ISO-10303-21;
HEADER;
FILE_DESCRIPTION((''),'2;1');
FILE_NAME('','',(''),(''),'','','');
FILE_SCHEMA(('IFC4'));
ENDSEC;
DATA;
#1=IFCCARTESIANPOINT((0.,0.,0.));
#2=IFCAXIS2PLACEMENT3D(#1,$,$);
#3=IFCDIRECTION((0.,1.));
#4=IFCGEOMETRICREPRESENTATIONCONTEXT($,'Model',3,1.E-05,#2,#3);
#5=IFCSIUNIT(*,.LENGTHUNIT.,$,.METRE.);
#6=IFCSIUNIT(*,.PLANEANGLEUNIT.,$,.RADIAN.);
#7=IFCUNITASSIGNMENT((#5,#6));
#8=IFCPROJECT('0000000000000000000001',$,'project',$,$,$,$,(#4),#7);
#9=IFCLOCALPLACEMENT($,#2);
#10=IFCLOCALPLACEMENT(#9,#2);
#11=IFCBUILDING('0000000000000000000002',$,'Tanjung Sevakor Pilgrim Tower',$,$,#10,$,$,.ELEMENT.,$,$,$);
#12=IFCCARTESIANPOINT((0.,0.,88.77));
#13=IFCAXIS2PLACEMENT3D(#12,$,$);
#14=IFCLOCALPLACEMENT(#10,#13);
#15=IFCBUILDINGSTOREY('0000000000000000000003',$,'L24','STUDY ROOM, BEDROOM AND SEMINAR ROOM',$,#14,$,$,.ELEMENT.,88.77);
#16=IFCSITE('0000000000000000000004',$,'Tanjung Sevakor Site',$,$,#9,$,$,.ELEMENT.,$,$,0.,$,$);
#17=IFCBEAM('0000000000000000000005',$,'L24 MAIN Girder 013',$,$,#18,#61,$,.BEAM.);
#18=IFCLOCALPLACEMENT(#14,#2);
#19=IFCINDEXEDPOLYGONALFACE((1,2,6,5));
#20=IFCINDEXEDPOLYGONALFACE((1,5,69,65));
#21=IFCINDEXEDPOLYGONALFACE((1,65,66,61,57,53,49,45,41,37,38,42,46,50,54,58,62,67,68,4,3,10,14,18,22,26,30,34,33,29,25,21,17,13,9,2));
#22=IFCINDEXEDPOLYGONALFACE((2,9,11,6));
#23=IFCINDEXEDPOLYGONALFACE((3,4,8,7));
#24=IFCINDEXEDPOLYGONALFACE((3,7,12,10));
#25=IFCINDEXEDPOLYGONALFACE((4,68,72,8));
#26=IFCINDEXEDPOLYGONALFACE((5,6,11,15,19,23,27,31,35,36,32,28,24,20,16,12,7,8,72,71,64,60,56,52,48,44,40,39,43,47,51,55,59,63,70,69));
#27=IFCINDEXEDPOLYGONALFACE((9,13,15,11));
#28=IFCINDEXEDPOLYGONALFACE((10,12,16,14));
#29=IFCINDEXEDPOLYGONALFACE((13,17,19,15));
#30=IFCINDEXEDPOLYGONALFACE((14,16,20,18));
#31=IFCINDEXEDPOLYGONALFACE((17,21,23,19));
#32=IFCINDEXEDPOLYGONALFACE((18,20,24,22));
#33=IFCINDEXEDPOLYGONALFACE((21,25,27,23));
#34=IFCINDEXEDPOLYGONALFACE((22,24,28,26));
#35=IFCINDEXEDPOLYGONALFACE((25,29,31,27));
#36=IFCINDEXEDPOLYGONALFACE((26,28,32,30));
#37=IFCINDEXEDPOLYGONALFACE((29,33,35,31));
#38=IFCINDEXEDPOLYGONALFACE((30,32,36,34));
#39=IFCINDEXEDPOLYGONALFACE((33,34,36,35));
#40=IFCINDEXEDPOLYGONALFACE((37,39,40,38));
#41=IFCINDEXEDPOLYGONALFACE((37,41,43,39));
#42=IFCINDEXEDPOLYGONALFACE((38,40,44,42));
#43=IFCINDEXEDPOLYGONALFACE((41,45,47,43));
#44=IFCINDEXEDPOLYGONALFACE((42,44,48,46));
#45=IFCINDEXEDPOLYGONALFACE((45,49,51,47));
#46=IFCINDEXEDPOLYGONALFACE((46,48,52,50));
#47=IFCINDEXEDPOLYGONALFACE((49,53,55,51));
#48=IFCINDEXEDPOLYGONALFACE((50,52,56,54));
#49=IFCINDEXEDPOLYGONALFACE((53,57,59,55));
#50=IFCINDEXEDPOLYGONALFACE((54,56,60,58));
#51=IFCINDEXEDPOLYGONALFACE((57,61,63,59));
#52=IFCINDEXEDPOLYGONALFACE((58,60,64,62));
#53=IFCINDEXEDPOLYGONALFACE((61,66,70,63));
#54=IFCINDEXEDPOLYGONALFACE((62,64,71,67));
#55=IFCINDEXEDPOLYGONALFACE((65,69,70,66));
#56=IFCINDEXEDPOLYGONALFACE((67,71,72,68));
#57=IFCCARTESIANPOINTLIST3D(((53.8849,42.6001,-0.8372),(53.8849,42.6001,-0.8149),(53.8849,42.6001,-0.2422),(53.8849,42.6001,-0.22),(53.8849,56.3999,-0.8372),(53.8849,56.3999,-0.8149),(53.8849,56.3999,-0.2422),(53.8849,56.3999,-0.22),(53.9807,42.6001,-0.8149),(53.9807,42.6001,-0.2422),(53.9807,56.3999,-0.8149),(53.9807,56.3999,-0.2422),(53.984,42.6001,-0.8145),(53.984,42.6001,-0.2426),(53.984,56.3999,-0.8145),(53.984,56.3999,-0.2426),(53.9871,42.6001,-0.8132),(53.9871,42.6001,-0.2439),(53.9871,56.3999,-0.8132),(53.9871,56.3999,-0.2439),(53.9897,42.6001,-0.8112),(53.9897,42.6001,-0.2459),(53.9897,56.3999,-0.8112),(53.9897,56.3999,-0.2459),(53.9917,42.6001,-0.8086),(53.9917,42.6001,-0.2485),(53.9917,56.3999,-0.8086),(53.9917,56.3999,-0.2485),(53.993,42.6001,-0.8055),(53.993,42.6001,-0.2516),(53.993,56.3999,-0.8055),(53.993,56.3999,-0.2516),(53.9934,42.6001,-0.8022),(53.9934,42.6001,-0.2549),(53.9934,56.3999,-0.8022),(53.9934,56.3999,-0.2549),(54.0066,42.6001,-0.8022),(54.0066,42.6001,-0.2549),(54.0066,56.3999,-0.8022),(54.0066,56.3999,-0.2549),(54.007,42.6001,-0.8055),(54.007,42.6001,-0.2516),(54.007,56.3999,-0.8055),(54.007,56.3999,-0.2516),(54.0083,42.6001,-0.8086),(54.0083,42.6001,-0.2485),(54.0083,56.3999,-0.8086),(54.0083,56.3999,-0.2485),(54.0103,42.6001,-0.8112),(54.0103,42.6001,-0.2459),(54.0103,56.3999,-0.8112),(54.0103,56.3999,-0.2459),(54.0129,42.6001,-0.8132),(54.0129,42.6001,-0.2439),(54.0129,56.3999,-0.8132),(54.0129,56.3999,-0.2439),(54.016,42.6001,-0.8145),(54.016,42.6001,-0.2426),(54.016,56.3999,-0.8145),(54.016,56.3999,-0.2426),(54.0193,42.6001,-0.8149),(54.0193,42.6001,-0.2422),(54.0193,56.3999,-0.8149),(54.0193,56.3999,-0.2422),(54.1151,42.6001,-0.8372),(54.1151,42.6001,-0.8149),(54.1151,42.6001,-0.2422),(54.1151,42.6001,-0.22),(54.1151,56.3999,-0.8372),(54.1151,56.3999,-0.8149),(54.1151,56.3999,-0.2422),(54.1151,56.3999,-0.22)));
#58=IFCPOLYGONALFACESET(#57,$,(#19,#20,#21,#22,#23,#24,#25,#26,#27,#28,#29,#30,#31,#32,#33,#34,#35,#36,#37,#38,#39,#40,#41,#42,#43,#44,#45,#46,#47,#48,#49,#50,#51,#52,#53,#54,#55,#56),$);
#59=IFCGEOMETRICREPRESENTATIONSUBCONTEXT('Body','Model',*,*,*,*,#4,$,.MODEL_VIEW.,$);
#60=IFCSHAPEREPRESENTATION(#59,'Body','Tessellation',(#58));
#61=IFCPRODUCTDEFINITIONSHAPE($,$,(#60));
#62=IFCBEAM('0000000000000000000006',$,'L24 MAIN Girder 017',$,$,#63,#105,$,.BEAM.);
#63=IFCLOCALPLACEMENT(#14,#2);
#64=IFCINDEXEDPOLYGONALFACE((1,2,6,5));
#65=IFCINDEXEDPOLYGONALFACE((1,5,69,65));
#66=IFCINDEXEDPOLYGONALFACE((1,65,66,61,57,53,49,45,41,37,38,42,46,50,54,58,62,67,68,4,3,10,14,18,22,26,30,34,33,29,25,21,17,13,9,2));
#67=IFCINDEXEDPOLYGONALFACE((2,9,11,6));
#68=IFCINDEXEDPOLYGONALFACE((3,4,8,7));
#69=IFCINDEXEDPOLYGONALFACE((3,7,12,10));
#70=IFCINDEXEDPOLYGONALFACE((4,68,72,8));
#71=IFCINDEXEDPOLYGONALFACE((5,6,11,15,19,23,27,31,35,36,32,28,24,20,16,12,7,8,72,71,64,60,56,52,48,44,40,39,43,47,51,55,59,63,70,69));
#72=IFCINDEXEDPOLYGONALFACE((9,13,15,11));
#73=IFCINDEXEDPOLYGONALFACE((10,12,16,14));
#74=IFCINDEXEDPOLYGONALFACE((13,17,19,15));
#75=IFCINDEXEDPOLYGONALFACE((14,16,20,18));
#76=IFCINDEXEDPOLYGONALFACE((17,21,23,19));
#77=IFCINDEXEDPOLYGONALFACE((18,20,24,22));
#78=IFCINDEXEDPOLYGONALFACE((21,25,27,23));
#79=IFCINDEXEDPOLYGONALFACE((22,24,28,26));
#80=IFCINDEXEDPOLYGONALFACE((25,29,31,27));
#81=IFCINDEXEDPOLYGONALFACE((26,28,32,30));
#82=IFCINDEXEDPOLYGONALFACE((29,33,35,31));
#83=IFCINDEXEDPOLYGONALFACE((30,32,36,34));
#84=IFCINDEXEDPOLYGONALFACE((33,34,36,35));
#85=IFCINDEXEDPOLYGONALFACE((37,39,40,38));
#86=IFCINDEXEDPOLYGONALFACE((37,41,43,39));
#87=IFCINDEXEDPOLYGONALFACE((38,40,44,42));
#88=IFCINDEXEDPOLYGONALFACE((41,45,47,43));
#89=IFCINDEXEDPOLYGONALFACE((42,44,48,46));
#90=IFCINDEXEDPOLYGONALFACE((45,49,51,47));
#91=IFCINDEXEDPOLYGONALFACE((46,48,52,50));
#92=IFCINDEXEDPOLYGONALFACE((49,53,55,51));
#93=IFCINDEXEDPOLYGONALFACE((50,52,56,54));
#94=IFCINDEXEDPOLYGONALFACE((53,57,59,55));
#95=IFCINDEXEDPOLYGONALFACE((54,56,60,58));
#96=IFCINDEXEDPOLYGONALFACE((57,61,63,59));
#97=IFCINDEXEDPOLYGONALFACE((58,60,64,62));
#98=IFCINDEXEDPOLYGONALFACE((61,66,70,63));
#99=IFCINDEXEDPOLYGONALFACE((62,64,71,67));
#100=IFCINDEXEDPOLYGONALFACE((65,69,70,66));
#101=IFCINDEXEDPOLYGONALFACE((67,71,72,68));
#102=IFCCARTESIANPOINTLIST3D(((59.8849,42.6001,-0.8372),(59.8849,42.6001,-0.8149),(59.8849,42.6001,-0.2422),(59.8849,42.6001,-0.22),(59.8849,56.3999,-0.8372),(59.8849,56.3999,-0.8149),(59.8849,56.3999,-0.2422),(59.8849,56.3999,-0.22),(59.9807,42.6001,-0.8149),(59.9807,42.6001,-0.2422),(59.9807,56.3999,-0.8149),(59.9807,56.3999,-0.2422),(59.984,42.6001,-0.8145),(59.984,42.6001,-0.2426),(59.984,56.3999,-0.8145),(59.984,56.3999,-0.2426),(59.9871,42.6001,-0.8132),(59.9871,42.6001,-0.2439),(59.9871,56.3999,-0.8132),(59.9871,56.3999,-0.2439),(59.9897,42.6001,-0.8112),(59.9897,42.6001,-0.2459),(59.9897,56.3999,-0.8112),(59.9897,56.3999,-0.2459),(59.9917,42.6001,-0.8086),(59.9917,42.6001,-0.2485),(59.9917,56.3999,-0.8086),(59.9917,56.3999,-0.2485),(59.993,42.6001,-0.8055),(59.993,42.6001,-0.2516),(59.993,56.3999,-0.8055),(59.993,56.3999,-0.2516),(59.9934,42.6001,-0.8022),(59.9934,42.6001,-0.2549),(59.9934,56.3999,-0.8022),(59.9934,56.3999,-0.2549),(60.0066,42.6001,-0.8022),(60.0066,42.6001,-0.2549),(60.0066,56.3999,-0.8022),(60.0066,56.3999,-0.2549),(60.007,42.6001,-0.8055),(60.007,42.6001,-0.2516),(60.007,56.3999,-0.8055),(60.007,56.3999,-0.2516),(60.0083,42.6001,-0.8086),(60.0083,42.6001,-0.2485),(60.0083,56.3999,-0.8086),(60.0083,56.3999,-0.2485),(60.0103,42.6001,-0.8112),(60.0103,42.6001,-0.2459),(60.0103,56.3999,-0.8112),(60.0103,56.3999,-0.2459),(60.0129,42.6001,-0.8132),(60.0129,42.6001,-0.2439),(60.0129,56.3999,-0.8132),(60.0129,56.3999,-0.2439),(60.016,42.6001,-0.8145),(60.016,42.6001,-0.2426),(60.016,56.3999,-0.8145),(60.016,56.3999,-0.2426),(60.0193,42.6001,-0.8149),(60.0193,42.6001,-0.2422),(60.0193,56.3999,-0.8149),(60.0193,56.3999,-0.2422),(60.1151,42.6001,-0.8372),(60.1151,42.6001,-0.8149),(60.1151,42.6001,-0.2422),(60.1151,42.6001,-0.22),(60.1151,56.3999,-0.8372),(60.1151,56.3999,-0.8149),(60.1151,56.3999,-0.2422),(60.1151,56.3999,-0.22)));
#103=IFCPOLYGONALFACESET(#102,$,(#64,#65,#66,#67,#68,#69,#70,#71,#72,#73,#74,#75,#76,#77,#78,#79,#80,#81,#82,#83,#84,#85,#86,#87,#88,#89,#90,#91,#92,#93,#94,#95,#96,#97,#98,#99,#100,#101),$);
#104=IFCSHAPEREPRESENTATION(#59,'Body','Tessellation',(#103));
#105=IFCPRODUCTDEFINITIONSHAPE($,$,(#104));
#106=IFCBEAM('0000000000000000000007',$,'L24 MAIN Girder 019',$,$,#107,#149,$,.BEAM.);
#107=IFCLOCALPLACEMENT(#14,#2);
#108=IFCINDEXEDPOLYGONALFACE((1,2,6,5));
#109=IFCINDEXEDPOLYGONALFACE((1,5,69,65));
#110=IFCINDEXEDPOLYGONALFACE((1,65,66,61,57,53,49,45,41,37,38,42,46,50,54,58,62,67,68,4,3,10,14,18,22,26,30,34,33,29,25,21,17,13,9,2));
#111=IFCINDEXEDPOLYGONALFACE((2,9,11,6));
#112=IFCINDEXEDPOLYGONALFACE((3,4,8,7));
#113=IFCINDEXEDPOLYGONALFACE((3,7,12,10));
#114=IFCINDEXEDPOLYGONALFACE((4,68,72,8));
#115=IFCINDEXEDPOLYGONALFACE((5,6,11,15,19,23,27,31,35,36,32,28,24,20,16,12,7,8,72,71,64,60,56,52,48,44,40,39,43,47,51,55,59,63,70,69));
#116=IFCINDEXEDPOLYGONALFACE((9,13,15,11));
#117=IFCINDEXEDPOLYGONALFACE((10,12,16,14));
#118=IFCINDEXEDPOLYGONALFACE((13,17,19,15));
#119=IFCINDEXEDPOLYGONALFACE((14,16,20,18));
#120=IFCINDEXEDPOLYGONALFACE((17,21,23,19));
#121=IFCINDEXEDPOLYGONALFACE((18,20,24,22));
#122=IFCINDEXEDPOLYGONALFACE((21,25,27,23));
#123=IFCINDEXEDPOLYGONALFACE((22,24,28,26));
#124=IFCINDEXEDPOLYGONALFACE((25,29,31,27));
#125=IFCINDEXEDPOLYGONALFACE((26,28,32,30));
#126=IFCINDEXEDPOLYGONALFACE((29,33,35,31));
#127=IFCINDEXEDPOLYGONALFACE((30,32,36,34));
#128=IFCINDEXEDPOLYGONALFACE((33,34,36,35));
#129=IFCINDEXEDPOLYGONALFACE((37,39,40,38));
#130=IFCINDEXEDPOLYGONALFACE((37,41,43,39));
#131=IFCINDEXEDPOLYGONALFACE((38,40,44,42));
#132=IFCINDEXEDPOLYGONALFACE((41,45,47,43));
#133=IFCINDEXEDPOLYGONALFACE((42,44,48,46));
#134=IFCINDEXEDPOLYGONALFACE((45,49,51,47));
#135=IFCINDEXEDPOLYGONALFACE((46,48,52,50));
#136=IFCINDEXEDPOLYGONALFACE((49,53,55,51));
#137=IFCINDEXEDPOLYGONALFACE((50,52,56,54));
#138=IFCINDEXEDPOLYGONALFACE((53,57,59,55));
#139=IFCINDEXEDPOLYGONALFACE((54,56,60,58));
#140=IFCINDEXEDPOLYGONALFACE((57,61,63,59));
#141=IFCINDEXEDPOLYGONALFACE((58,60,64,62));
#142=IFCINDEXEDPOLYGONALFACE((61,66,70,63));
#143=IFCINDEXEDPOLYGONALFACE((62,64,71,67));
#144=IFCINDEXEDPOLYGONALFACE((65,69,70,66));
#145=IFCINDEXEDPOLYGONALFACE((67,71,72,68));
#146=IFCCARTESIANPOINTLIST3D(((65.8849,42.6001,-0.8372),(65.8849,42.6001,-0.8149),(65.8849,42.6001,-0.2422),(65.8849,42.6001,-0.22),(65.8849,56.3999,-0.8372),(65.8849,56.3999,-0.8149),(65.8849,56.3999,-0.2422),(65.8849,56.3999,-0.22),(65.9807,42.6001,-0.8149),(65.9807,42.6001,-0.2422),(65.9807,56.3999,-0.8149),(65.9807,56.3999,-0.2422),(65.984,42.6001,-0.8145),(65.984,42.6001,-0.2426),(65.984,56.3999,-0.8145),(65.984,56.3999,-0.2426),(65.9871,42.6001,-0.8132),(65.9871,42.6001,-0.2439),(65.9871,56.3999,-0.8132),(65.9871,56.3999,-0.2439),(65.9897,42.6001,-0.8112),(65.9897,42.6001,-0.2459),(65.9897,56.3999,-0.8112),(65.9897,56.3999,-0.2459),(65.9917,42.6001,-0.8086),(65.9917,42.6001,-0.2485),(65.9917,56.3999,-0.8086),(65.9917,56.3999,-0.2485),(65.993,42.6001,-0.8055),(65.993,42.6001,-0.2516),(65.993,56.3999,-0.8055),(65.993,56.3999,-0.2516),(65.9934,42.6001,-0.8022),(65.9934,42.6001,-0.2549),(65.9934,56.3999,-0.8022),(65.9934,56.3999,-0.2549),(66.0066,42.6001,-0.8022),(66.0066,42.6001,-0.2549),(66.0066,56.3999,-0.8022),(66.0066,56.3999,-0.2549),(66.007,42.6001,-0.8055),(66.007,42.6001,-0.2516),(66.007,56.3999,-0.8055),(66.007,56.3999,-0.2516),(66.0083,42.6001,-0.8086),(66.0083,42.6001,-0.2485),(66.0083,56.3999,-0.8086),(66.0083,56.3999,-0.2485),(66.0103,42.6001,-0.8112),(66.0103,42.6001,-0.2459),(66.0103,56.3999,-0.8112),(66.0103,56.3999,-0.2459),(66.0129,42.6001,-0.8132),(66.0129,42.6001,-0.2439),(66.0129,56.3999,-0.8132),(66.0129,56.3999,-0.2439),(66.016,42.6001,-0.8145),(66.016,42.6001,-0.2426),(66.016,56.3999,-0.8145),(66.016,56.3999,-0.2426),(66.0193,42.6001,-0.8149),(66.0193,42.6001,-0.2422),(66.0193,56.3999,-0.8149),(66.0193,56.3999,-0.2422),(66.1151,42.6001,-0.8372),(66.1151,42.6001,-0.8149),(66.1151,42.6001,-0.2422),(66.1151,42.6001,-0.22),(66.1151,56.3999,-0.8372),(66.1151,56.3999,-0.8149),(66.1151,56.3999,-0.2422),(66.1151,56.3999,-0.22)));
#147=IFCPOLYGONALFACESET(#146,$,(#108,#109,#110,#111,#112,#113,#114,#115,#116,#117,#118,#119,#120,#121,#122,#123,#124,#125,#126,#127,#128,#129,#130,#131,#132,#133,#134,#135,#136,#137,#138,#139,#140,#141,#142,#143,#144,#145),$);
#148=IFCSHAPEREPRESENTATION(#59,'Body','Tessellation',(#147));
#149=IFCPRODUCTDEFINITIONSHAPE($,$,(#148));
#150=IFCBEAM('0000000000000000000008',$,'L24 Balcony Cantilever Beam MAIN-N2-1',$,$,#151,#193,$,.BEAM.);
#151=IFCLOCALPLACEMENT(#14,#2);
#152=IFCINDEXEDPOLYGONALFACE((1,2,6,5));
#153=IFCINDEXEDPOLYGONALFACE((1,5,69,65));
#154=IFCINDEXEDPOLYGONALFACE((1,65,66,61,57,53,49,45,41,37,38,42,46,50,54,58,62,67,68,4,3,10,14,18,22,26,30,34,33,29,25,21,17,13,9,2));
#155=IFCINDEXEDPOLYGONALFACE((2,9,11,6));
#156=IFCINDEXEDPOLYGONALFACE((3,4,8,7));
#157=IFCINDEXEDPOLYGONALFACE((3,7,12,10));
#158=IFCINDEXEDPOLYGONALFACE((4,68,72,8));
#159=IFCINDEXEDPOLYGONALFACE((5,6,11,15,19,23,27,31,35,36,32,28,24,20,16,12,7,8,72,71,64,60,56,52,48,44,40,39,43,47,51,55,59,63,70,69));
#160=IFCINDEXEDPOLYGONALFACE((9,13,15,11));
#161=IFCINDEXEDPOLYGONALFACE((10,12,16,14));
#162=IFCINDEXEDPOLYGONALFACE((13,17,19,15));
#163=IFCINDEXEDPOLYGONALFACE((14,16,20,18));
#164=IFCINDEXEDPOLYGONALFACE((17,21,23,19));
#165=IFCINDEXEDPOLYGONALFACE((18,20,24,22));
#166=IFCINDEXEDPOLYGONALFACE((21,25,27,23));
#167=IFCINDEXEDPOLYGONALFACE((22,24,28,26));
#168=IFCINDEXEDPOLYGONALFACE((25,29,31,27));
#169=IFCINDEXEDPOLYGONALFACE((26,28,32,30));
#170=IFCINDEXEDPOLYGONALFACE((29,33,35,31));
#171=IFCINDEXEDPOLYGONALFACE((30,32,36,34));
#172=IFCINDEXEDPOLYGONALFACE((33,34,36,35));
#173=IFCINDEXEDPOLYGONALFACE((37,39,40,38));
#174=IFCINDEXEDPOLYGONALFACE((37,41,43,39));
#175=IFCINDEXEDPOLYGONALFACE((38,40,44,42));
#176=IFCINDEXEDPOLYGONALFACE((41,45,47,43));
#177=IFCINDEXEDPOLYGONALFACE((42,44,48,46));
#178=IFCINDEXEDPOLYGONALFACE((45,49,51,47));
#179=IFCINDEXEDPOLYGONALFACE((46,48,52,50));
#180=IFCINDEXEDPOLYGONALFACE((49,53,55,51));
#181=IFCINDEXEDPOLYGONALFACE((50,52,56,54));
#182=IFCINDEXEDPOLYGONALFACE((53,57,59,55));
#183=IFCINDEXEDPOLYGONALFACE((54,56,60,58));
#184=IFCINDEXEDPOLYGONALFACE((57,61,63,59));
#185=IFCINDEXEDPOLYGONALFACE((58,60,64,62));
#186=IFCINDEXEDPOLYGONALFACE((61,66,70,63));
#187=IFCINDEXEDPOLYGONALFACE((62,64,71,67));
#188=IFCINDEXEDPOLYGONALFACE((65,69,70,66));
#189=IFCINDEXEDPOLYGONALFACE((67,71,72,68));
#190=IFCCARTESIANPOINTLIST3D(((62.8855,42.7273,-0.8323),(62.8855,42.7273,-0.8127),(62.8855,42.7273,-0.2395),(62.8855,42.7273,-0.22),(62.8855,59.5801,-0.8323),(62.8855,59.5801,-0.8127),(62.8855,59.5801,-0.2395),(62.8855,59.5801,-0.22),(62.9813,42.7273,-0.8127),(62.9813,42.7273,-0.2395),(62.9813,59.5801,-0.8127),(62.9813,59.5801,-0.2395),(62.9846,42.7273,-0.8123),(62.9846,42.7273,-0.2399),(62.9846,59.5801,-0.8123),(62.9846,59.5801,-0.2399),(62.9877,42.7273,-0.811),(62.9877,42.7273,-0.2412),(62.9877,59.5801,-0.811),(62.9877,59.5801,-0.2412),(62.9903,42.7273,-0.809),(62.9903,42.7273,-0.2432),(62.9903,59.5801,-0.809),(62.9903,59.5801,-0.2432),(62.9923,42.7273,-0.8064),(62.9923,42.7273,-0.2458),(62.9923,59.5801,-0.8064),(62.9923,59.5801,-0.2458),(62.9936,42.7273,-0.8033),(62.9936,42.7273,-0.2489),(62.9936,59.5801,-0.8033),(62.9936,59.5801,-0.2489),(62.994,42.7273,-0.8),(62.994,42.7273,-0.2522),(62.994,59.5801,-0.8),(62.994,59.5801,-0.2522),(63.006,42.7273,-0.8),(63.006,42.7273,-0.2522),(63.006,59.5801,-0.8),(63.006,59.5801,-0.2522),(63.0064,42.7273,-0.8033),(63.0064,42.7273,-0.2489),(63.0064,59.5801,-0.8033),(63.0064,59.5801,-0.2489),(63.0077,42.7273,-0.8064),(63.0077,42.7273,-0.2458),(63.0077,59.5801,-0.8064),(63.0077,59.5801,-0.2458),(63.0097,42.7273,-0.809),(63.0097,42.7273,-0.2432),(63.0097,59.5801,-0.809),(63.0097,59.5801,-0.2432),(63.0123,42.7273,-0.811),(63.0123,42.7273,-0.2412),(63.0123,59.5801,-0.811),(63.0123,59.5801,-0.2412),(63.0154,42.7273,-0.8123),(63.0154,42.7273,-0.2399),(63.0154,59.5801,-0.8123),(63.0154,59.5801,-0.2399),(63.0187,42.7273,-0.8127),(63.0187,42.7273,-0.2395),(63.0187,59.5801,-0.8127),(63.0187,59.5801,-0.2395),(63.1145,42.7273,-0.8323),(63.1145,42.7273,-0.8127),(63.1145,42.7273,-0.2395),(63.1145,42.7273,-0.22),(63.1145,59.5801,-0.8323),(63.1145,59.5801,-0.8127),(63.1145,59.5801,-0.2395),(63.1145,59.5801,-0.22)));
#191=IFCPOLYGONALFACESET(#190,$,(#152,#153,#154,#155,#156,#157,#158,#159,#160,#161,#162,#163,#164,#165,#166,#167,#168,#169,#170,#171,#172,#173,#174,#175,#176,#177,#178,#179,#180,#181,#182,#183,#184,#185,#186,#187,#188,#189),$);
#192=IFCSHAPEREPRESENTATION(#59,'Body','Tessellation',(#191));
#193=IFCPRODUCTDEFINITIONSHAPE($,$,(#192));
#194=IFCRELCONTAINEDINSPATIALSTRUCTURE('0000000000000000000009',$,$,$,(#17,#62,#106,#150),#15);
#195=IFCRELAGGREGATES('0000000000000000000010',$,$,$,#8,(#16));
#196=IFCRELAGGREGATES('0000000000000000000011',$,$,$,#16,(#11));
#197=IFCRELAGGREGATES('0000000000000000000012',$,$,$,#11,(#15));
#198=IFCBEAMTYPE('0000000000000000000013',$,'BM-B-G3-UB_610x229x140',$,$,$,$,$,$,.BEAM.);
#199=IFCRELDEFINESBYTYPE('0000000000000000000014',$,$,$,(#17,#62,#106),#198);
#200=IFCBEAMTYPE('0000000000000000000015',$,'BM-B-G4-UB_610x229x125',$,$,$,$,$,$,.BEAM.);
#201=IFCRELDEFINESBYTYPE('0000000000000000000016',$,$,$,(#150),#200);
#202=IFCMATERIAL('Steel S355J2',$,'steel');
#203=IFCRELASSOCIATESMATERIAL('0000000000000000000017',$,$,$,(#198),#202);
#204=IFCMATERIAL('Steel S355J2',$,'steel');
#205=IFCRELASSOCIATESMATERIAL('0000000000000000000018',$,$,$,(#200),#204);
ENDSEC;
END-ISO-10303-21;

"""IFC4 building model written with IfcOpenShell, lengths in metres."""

from ifc_helpers import new_model, si_unit, direction, frame, origin, origin_2d, place, context, subcontext, project, spatial, i_section, extrude, material, material_profile, profile_set, type_object, element, save


model = new_model("IFC4")

# Units and contexts
model_context = context("Model", 3, precision=1e-05, world=origin(), true_north=direction((0.0, 1.0)))
body_context = subcontext(model_context, "Body", "Model", "MODEL_VIEW")
ifc_project = project(units=[si_unit("LENGTHUNIT", "METRE"), si_unit("PLANEANGLEUNIT", "RADIAN")], contexts=[model_context])

# Site, building, storey
site_placement = place(None, origin())
site = spatial("IfcSite", under=ifc_project, at=site_placement, Name="Tanjung Sevakor Site", CompositionType="ELEMENT", RefElevation=0.0)
building_placement = place(site_placement, origin())
building = spatial("IfcBuilding", under=site, at=building_placement, Name="Tanjung Sevakor Pilgrim Tower", CompositionType="ELEMENT")
storey_placement = place(building_placement, frame((0.0, 0.0, 88.77)))
storey = spatial("IfcBuildingStorey", under=building, at=storey_placement, Name="L24", Description="STUDY ROOM, BEDROOM AND SEMINAR ROOM", CompositionType="ELEMENT", Elevation=88.77)

# Beams
ifc_material_1 = material(Name="Steel S355J2", Category="steel")
ifc_material_profile_1 = material_profile(ifc_material_1, i_section(OverallWidth=0.2302, OverallDepth=0.6172, WebThickness=0.0132, FlangeThickness=0.0222, FilletRadius=0.0127, at=origin_2d()))
ifc_profile_set_1 = profile_set([ifc_material_profile_1], Name="Steel S355J2")
beam_type_1 = type_object("IfcBeamType", Name="BM-B-G3-UB_610x229x140", PredefinedType="BEAM", material=ifc_profile_set_1)
for number, where, z_axis, x_axis, name in (
    (1, (54.0, 42.6001, -0.5286), (0.0, 1.0, 0.0), (-1.0, 0.0, 0.0), "L24 MAIN Girder 013"),
    (2, (60.0, 42.6001, -0.5286), (0.0, 1.0, 0.0), (-1.0, 0.0, 0.0), "L24 MAIN Girder 017"),
    (3, (66.0, 42.6001, -0.5286), (0.0, 1.0, 0.0), (-1.0, 0.0, 0.0), "L24 MAIN Girder 019"),
):
    element("IfcBeam", number, at=place(storey_placement, frame(where, z_axis=z_axis, x_axis=x_axis)), inside=storey, type_object=beam_type_1, Name=name, PredefinedType="BEAM", context=body_context, shape_type="SweptSolid", body=[
        extrude(i_section(OverallWidth=0.2302, OverallDepth=0.6172, WebThickness=0.0132, FlangeThickness=0.0222, FilletRadius=0.0127, at=origin_2d()), origin(), (0.0, 0.0, 1.0), 13.7998),
    ])
ifc_material_2 = material(Name="Steel S355J2", Category="steel")
ifc_material_profile_2 = material_profile(ifc_material_2, i_section(OverallWidth=0.229, OverallDepth=0.6123, WebThickness=0.012, FlangeThickness=0.0195, FilletRadius=0.0127, at=origin_2d()))
ifc_profile_set_2 = profile_set([ifc_material_profile_2], Name="Steel S355J2")
beam_type_2 = type_object("IfcBeamType", Name="BM-B-G4-UB_610x229x125", PredefinedType="BEAM", material=ifc_profile_set_2)
beam_1_placement = place(storey_placement, frame((63.0, 42.7273, -0.5261), z_axis=(0.0, 1.0, 0.0), x_axis=(-1.0, 0.0, 0.0)))
element("IfcBeam", 4, at=beam_1_placement, inside=storey, type_object=beam_type_2, Name="L24 Balcony Cantilever Beam MAIN-N2-1", PredefinedType="BEAM", context=body_context, shape_type="SweptSolid", body=[
    extrude(i_section(OverallWidth=0.229, OverallDepth=0.6123, WebThickness=0.012, FlangeThickness=0.0195, FilletRadius=0.0127, at=origin_2d()), origin(), (0.0, 0.0, 1.0), 16.8528),
])

save(model, "model.ifc")
